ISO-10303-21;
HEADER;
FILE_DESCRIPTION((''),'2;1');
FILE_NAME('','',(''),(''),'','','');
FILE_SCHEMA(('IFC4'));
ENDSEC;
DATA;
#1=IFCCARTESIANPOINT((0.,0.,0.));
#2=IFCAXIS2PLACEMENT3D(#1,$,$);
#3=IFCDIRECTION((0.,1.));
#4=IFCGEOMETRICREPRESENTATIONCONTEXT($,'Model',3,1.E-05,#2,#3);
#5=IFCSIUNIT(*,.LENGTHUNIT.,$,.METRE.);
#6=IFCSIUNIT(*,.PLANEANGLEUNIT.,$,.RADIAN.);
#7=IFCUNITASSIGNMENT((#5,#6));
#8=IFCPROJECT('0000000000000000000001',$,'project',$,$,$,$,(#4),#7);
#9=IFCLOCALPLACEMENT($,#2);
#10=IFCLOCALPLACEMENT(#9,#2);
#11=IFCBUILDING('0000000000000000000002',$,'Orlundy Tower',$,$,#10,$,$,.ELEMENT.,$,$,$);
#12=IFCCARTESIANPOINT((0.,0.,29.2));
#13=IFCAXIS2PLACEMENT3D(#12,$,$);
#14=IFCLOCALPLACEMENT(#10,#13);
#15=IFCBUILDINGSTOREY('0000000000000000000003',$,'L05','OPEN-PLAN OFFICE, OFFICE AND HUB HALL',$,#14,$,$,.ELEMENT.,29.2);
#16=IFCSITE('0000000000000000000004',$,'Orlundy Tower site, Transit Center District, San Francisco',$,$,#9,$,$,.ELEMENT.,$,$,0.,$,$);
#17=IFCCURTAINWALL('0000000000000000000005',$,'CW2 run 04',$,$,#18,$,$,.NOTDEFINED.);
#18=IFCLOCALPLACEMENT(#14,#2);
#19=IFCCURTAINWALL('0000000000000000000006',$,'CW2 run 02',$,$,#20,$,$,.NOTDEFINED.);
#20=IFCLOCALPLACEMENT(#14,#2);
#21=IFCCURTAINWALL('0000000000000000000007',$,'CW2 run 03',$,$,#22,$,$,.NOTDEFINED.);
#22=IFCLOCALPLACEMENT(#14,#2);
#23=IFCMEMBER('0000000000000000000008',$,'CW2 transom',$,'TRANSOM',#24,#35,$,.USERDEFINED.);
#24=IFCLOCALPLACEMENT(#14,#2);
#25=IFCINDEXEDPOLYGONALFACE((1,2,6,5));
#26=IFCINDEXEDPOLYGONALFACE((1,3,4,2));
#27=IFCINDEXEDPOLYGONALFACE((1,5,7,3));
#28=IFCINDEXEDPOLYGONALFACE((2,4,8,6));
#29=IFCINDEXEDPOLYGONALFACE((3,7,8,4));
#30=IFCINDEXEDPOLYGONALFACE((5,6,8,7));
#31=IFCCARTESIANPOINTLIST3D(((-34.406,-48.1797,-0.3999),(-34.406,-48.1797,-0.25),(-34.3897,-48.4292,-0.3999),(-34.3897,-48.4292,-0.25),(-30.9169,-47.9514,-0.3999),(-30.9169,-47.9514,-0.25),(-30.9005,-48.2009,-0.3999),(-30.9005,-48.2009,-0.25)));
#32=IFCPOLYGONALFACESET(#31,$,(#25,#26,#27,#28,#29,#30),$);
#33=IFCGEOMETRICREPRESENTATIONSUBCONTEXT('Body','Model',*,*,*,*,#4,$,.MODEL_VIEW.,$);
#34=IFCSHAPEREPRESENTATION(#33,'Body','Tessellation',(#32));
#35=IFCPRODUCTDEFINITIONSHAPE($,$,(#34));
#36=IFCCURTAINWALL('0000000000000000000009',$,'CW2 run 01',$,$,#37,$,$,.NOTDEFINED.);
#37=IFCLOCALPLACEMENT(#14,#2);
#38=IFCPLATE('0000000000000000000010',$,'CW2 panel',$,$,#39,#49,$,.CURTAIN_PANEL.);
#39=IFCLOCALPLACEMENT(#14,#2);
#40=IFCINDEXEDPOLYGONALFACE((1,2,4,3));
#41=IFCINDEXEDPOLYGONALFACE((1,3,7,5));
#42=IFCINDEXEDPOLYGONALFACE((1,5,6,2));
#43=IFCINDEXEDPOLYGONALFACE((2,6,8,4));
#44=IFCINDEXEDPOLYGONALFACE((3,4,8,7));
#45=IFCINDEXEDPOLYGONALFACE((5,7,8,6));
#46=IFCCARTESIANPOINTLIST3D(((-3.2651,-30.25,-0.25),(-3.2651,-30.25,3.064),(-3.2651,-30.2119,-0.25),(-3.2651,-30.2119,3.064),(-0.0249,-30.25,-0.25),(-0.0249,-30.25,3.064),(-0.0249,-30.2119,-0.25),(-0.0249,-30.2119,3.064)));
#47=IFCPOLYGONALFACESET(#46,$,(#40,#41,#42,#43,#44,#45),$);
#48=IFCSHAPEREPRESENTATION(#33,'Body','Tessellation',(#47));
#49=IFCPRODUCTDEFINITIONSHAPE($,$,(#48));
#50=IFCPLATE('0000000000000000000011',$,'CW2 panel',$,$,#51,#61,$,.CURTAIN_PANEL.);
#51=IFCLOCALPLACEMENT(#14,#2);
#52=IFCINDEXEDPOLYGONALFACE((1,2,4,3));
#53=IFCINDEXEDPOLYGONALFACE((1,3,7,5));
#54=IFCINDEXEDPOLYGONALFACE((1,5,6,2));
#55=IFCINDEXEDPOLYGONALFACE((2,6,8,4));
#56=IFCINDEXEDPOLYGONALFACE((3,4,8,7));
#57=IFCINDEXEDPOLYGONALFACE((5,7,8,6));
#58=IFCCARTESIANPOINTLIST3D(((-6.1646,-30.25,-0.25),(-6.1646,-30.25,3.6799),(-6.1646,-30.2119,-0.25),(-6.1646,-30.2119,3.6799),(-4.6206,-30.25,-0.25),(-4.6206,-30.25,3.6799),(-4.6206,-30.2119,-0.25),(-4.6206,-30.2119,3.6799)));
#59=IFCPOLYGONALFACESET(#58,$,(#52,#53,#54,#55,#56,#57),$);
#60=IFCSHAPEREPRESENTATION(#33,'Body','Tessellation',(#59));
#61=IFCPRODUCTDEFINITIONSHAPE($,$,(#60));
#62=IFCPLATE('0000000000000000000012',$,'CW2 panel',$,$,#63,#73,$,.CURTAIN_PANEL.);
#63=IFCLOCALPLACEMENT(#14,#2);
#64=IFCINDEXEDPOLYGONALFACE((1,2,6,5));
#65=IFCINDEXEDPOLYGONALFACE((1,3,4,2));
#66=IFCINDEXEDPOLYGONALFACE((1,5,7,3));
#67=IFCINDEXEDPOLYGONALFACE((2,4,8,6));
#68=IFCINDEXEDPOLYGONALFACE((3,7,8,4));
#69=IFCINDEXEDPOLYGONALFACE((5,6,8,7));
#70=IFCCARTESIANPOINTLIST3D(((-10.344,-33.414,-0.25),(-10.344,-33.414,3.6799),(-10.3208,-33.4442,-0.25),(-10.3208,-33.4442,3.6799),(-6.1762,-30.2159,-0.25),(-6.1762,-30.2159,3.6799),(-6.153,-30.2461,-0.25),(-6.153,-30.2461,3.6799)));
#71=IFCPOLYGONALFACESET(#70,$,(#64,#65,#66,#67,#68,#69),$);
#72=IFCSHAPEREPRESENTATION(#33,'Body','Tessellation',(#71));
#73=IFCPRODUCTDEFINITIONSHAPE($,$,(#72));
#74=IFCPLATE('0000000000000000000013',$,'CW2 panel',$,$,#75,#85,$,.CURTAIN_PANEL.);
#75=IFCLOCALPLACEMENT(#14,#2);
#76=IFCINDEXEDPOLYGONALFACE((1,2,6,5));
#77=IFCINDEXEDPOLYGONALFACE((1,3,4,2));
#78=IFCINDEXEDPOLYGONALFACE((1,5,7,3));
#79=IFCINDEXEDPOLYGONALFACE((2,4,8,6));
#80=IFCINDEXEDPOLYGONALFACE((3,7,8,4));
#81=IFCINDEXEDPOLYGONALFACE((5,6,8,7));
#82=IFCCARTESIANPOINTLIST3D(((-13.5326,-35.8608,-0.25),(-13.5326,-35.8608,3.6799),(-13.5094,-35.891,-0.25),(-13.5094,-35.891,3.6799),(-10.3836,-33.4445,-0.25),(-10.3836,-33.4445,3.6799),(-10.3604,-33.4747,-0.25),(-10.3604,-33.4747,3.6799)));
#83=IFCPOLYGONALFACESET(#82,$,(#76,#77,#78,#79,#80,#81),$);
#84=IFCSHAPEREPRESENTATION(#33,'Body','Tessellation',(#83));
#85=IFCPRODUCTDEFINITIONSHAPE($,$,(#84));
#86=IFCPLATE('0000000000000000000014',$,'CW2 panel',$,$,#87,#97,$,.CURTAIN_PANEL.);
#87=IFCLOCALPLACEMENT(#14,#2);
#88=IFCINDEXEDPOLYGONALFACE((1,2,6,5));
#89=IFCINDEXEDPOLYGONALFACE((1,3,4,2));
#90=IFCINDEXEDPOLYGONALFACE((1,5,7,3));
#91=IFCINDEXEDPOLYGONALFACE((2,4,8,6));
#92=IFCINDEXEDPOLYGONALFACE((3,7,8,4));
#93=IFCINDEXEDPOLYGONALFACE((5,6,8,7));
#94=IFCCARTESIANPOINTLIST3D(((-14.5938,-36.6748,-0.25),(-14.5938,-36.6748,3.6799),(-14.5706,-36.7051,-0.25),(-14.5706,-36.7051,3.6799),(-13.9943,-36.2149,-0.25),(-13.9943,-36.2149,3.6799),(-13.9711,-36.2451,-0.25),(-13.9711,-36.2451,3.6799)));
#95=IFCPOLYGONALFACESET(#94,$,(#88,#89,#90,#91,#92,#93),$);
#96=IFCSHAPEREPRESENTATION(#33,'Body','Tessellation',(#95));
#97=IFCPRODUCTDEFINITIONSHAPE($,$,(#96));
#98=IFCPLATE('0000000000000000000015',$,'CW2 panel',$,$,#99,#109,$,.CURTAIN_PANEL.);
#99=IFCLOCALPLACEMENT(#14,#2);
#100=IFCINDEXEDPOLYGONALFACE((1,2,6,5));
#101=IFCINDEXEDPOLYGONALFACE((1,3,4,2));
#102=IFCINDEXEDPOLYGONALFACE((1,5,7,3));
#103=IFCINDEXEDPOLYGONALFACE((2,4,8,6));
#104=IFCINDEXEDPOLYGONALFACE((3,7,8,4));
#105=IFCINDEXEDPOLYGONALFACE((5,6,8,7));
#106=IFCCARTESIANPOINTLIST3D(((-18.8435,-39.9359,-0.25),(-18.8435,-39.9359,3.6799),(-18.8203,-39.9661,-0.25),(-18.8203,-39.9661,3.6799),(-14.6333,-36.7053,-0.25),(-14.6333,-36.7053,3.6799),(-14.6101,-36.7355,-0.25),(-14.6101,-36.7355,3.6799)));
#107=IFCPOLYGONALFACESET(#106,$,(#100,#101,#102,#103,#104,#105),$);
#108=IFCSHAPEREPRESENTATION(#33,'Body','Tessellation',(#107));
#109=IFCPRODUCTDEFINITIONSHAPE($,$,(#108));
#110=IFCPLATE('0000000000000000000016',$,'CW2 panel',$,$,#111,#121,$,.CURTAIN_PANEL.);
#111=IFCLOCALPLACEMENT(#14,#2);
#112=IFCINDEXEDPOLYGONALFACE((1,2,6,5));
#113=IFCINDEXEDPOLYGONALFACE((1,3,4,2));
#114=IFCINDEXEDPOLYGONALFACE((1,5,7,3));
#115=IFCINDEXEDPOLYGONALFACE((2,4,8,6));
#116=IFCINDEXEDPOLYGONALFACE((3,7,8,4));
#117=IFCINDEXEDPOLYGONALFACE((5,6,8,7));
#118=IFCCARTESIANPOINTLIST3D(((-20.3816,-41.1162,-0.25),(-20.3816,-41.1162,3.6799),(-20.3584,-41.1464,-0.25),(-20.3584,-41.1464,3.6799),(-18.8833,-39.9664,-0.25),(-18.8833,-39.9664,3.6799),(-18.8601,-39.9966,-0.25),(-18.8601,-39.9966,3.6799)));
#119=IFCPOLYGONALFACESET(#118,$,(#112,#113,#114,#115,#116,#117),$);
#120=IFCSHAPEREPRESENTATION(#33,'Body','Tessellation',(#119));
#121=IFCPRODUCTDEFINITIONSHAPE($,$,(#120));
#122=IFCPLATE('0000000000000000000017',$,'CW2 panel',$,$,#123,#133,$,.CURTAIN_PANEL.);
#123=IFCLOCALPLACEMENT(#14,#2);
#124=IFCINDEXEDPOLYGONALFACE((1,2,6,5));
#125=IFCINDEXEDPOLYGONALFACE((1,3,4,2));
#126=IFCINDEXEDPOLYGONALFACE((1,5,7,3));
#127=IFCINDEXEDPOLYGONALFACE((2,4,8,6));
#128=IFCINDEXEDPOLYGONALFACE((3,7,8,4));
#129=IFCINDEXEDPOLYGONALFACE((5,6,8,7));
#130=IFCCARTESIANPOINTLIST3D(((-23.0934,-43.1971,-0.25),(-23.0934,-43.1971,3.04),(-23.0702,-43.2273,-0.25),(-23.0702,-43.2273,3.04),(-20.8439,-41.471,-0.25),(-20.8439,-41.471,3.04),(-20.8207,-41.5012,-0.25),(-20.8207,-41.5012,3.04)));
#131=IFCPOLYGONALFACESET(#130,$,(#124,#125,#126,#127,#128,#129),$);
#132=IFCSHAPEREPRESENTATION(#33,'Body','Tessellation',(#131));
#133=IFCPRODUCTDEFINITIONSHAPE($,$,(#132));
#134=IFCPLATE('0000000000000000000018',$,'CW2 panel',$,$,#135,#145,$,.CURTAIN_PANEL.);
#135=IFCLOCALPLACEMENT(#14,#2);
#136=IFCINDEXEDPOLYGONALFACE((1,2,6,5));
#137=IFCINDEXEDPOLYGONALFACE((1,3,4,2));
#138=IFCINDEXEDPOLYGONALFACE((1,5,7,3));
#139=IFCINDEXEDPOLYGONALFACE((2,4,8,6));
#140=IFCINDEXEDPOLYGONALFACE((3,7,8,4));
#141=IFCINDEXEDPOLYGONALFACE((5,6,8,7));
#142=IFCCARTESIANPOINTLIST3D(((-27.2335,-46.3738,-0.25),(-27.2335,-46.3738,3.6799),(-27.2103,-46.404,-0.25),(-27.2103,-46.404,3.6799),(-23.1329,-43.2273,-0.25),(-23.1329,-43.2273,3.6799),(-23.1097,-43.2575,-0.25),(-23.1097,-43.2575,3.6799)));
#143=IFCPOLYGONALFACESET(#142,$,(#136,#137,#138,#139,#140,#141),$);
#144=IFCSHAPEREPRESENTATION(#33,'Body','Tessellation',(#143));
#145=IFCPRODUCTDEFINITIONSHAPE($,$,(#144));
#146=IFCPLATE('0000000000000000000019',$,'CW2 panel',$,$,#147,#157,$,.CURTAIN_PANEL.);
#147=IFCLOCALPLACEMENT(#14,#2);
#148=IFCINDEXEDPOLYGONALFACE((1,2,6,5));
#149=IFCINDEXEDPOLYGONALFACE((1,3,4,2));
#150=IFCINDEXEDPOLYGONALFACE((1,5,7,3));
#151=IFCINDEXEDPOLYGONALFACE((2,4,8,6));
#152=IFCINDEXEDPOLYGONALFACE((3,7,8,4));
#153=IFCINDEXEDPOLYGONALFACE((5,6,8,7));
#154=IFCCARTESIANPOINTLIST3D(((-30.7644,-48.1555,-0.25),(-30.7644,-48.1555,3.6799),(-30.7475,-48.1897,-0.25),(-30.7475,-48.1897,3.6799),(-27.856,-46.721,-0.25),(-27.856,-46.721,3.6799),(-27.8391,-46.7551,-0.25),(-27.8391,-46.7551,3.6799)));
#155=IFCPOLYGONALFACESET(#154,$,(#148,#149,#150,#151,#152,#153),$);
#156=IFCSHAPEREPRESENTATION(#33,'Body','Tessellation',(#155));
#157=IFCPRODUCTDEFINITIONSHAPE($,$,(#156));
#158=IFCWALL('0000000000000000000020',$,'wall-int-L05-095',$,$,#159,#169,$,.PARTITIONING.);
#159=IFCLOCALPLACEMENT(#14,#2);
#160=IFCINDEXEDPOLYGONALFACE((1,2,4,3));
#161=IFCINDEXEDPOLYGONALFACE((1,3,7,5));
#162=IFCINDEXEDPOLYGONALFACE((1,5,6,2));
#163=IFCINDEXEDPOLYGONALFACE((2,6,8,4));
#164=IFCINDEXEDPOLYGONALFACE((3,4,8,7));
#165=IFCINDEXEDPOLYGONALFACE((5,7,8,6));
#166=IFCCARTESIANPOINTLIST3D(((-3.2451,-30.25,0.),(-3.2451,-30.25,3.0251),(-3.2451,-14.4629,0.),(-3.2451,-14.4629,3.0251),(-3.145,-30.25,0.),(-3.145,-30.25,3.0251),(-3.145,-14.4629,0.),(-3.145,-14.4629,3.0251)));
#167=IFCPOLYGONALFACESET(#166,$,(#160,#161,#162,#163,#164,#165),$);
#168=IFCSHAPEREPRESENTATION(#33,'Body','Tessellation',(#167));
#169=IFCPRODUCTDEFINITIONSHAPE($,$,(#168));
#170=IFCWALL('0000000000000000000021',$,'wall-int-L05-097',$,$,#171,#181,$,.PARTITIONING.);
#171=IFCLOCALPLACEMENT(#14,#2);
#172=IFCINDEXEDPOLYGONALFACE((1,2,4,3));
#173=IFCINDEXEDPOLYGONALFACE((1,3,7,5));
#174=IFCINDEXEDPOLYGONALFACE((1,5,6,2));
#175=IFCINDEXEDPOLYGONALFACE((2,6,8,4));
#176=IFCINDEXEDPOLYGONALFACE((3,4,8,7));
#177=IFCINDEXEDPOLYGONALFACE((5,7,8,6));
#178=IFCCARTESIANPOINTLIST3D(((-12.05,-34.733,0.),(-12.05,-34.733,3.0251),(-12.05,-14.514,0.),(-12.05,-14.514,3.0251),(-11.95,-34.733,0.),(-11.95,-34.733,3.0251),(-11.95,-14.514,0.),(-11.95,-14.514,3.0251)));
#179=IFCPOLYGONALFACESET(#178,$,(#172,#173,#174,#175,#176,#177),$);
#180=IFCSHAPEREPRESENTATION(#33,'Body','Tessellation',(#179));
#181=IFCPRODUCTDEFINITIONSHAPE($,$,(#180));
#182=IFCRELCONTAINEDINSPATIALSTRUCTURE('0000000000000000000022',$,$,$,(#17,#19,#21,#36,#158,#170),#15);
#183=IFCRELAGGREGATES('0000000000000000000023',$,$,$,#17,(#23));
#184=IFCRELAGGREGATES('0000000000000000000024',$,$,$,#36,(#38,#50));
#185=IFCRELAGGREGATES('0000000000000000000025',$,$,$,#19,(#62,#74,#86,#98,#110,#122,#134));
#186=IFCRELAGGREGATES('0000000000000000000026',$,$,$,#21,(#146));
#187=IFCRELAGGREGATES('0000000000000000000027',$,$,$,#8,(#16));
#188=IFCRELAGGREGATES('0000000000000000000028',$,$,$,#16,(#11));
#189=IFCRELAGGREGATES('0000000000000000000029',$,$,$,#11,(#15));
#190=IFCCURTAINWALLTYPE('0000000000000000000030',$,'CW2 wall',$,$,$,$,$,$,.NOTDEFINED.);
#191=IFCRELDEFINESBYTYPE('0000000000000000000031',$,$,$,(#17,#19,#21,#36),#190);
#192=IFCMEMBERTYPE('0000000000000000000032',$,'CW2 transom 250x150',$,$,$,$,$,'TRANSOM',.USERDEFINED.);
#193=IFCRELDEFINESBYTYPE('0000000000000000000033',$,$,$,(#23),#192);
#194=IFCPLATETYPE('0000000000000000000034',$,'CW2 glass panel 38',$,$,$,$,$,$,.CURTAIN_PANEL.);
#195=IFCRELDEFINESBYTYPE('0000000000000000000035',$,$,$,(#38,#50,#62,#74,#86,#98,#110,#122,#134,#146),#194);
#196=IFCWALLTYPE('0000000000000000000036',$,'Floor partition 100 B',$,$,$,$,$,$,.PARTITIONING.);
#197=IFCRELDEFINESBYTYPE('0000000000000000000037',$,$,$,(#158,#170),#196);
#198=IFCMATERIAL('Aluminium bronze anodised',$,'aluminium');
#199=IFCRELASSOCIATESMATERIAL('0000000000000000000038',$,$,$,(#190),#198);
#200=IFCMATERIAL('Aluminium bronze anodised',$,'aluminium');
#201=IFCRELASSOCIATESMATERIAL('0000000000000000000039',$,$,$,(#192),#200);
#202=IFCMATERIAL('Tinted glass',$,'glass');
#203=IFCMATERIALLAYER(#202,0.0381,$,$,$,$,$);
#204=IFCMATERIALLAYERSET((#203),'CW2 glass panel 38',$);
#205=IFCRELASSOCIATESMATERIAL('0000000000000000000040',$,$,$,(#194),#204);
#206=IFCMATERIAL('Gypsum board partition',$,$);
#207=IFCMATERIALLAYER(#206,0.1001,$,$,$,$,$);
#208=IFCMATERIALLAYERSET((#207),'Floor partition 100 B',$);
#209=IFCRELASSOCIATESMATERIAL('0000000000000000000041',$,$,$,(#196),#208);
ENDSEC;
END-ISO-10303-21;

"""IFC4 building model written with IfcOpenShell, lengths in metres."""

from ifc_helpers import new_model, si_unit, direction, frame, frame_2d, origin, origin_2d, place, context, subcontext, project, spatial, rectangle, extrude, material, layer, layer_set, material_profile, profile_set, type_object, element, aggregate, save


model = new_model("IFC4")

# Units and contexts
model_context = context("Model", 3, precision=1e-05, world=origin(), true_north=direction((0.0, 1.0)))
body_context = subcontext(model_context, "Body", "Model", "MODEL_VIEW")
ifc_project = project(units=[si_unit("LENGTHUNIT", "METRE"), si_unit("PLANEANGLEUNIT", "RADIAN")], contexts=[model_context])

# Site, building, storey
site_placement = place(None, origin())
site = spatial("IfcSite", under=ifc_project, at=site_placement, Name="Orlundy Tower site, Transit Center District, San Francisco", CompositionType="ELEMENT", RefElevation=0.0)
building_placement = place(site_placement, origin())
building = spatial("IfcBuilding", under=site, at=building_placement, Name="Orlundy Tower", CompositionType="ELEMENT")
storey_placement = place(building_placement, frame((0.0, 0.0, 29.2)))
storey = spatial("IfcBuildingStorey", under=building, at=storey_placement, Name="L05", Description="OPEN-PLAN OFFICE, OFFICE AND HUB HALL", CompositionType="ELEMENT", Elevation=29.2)

# Curtain wall
ifc_material_1 = material(Name="Aluminium bronze anodised", Category="aluminium")
curtain_wall_type = type_object("IfcCurtainWallType", Name="CW2 wall", PredefinedType="NOTDEFINED", material=ifc_material_1)
curtain_wall_1_placement = place(storey_placement, origin())
curtain_wall_1 = element("IfcCurtainWall", 1, at=curtain_wall_1_placement, inside=storey, type_object=curtain_wall_type, Name="CW2 run 04", PredefinedType="NOTDEFINED")

# Curtain wall
curtain_wall_2_placement = place(storey_placement, origin())
curtain_wall_2 = element("IfcCurtainWall", 2, at=curtain_wall_2_placement, inside=storey, type_object=curtain_wall_type, Name="CW2 run 02", PredefinedType="NOTDEFINED")
ifc_material_2 = material(Name="Aluminium bronze anodised", Category="aluminium")
ifc_material_profile_1 = material_profile(ifc_material_2, rectangle(XDim=0.25, YDim=0.1499, at=origin_2d()), Name="CW2 transom 250x150")
ifc_profile_set_1 = profile_set([ifc_material_profile_1], Name="Aluminium bronze anodised")
member_type_1 = type_object("IfcMemberType", Name="CW2 transom 250x150", ElementType="TRANSOM", PredefinedType="USERDEFINED", material=ifc_profile_set_1)

# Curtain wall
curtain_wall_3_placement = place(storey_placement, origin())
curtain_wall_3 = element("IfcCurtainWall", 3, at=curtain_wall_3_placement, inside=storey, type_object=curtain_wall_type, Name="CW2 run 03", PredefinedType="NOTDEFINED")

# Member
member_1_placement = place(storey_placement, frame((-30.9087, -48.0762, -0.325), z_axis=(-0.997867, -0.065286, 0.0), x_axis=(0.065286, -0.997867, 0.0)))
member_1 = element("IfcMember", 4, at=member_1_placement, type_object=member_type_1, Name="CW2 transom", ObjectType="TRANSOM", PredefinedType="USERDEFINED", context=body_context, shape_type="SweptSolid", body=[
    extrude(rectangle(XDim=0.25, YDim=0.1499, at=origin_2d()), origin(), (0.0, 0.0, 1.0), 3.4966),
])
aggregate(curtain_wall_1, [member_1])

# Curtain wall, plates
curtain_wall_4_placement = place(storey_placement, origin())
curtain_wall_4 = element("IfcCurtainWall", 5, at=curtain_wall_4_placement, inside=storey, type_object=curtain_wall_type, Name="CW2 run 01", PredefinedType="NOTDEFINED")
ifc_material_3 = material(Name="Tinted glass", Category="glass")
ifc_layer_1 = layer(ifc_material_3, 0.0381)
ifc_layer_set_1 = layer_set([ifc_layer_1], Name="CW2 glass panel 38")
plate_type = type_object("IfcPlateType", Name="CW2 glass panel 38", PredefinedType="CURTAIN_PANEL", material=ifc_layer_set_1)
plate_1_placement = place(storey_placement, frame((-1.645, -30.231, -0.25), z_axis=(0.0, 0.0, 1.0), x_axis=(-1.0, 0.0, 0.0)))
plate_1 = element("IfcPlate", 6, at=plate_1_placement, type_object=plate_type, Name="CW2 panel", PredefinedType="CURTAIN_PANEL", context=body_context, shape_type="SweptSolid", body=[
    extrude(rectangle(XDim=3.2402, YDim=0.0381, at=origin_2d()), origin(), (0.0, 0.0, 1.0), 3.314),
])
plate_2_placement = place(storey_placement, frame((-5.3926, -30.231, -0.25), z_axis=(0.0, 0.0, 1.0), x_axis=(-1.0, 0.0, 0.0)))
plate_2 = element("IfcPlate", 7, at=plate_2_placement, type_object=plate_type, Name="CW2 panel", PredefinedType="CURTAIN_PANEL", context=body_context, shape_type="SweptSolid", body=[
    extrude(rectangle(XDim=1.5439, YDim=0.0381, at=origin_2d()), origin(), (0.0, 0.0, 1.0), 3.9299),
])
aggregate(curtain_wall_4, [plate_1, plate_2])

# Plates
plate_3_placement = place(storey_placement, frame((-8.2485, -31.8301, -0.25), z_axis=(0.0, 0.0, 1.0), x_axis=(-0.793352, -0.608763, 0.0)))
plate_3 = element("IfcPlate", 8, at=plate_3_placement, type_object=plate_type, Name="CW2 panel", PredefinedType="CURTAIN_PANEL", context=body_context, shape_type="SweptSolid", body=[
    extrude(rectangle(XDim=5.2534, YDim=0.0381, at=origin_2d()), origin(), (0.0, 0.0, 1.0), 3.9299),
])
plate_4_placement = place(storey_placement, frame((-11.9465, -34.6677, -0.25), z_axis=(0.0, 0.0, 1.0), x_axis=(-0.793352, -0.608763, 0.0)))
plate_4 = element("IfcPlate", 9, at=plate_4_placement, type_object=plate_type, Name="CW2 panel", PredefinedType="CURTAIN_PANEL", context=body_context, shape_type="SweptSolid", body=[
    extrude(rectangle(XDim=3.9692, YDim=0.0381, at=origin_2d()), origin(), (0.0, 0.0, 1.0), 3.9299),
])
plate_5_placement = place(storey_placement, frame((-14.2825, -36.46, -0.25), z_axis=(0.0, 0.0, 1.0), x_axis=(-0.793352, -0.608763, 0.0)))
plate_5 = element("IfcPlate", 10, at=plate_5_placement, type_object=plate_type, Name="CW2 panel", PredefinedType="CURTAIN_PANEL", context=body_context, shape_type="SweptSolid", body=[
    extrude(rectangle(XDim=0.7556, YDim=0.0381, at=origin_2d()), origin(), (0.0, 0.0, 1.0), 3.9299),
])
plate_6_placement = place(storey_placement, frame((-16.7268, -38.3357, -0.25), z_axis=(0.0, 0.0, 1.0), x_axis=(-0.793352, -0.608763, 0.0)))
plate_6 = element("IfcPlate", 11, at=plate_6_placement, type_object=plate_type, Name="CW2 panel", PredefinedType="CURTAIN_PANEL", context=body_context, shape_type="SweptSolid", body=[
    extrude(rectangle(XDim=5.3069, YDim=0.0381, at=origin_2d()), origin(), (0.0, 0.0, 1.0), 3.9299),
])
plate_7_placement = place(storey_placement, frame((-19.6208, -40.5564, -0.25), z_axis=(0.0, 0.0, 1.0), x_axis=(-0.793352, -0.608763, 0.0)))
plate_7 = element("IfcPlate", 12, at=plate_7_placement, type_object=plate_type, Name="CW2 panel", PredefinedType="CURTAIN_PANEL", context=body_context, shape_type="SweptSolid", body=[
    extrude(rectangle(XDim=1.8887, YDim=0.0381, at=origin_2d()), origin(), (0.0, 0.0, 1.0), 3.9299),
])
plate_8_placement = place(storey_placement, frame((-21.957, -42.3491, -0.25), z_axis=(0.0, 0.0, 1.0), x_axis=(-0.793352, -0.608763, 0.0)))
plate_8 = element("IfcPlate", 13, at=plate_8_placement, type_object=plate_type, Name="CW2 panel", PredefinedType="CURTAIN_PANEL", context=body_context, shape_type="SweptSolid", body=[
    extrude(rectangle(XDim=2.8354, YDim=0.0381, at=origin_2d()), origin(), (0.0, 0.0, 1.0), 3.29),
])
plate_9_placement = place(storey_placement, frame((-25.1716, -44.8157, -0.25), z_axis=(0.0, 0.0, 1.0), x_axis=(-0.793352, -0.608763, 0.0)))
plate_9 = element("IfcPlate", 14, at=plate_9_placement, type_object=plate_type, Name="CW2 panel", PredefinedType="CURTAIN_PANEL", context=body_context, shape_type="SweptSolid", body=[
    extrude(rectangle(XDim=5.1687, YDim=0.0381, at=origin_2d()), origin(), (0.0, 0.0, 1.0), 3.9299),
])
aggregate(curtain_wall_2, [plate_3, plate_4, plate_5, plate_6, plate_7, plate_8, plate_9])
plate_10_placement = place(storey_placement, frame((-29.3018, -47.4553, -0.25), z_axis=(0.0, 0.0, 1.0), x_axis=(-0.896842, -0.442352, 0.0)))
plate_10 = element("IfcPlate", 15, at=plate_10_placement, type_object=plate_type, Name="CW2 panel", PredefinedType="CURTAIN_PANEL", context=body_context, shape_type="SweptSolid", body=[
    extrude(rectangle(XDim=3.2429, YDim=0.0381, at=origin_2d()), origin(), (0.0, 0.0, 1.0), 3.9299),
])
aggregate(curtain_wall_3, [plate_10])

# Walls
ifc_material_4 = material(Name="Gypsum board partition")
ifc_layer_2 = layer(ifc_material_4, 0.1001)
ifc_layer_set_2 = layer_set([ifc_layer_2], Name="Floor partition 100 B")
wall_type = type_object("IfcWallType", Name="Floor partition 100 B", PredefinedType="PARTITIONING", material=ifc_layer_set_2)
wall_1_placement = place(storey_placement, frame((-3.1951, -30.25, 0.0), z_axis=(0.0, 0.0, 1.0), x_axis=(0.0, 1.0, 0.0)))
element("IfcWall", 16, at=wall_1_placement, inside=storey, type_object=wall_type, Name="wall-int-L05-095", PredefinedType="PARTITIONING", context=body_context, shape_type="SweptSolid", body=[
    extrude(rectangle(XDim=15.7871, YDim=0.1001, at=frame_2d((7.8936, 0.0))), origin(), (0.0, 0.0, 1.0), 3.0251),
])
wall_2_placement = place(storey_placement, frame((-12.0, -34.7329, 0.0), z_axis=(0.0, 0.0, 1.0), x_axis=(0.0, 1.0, 0.0)))
element("IfcWall", 17, at=wall_2_placement, inside=storey, type_object=wall_type, Name="wall-int-L05-097", PredefinedType="PARTITIONING", context=body_context, shape_type="SweptSolid", body=[
    extrude(rectangle(XDim=20.219, YDim=0.1001, at=frame_2d((10.1094, 0.0))), origin(), (0.0, 0.0, 1.0), 3.0251),
])

save(model, "model.ifc")
